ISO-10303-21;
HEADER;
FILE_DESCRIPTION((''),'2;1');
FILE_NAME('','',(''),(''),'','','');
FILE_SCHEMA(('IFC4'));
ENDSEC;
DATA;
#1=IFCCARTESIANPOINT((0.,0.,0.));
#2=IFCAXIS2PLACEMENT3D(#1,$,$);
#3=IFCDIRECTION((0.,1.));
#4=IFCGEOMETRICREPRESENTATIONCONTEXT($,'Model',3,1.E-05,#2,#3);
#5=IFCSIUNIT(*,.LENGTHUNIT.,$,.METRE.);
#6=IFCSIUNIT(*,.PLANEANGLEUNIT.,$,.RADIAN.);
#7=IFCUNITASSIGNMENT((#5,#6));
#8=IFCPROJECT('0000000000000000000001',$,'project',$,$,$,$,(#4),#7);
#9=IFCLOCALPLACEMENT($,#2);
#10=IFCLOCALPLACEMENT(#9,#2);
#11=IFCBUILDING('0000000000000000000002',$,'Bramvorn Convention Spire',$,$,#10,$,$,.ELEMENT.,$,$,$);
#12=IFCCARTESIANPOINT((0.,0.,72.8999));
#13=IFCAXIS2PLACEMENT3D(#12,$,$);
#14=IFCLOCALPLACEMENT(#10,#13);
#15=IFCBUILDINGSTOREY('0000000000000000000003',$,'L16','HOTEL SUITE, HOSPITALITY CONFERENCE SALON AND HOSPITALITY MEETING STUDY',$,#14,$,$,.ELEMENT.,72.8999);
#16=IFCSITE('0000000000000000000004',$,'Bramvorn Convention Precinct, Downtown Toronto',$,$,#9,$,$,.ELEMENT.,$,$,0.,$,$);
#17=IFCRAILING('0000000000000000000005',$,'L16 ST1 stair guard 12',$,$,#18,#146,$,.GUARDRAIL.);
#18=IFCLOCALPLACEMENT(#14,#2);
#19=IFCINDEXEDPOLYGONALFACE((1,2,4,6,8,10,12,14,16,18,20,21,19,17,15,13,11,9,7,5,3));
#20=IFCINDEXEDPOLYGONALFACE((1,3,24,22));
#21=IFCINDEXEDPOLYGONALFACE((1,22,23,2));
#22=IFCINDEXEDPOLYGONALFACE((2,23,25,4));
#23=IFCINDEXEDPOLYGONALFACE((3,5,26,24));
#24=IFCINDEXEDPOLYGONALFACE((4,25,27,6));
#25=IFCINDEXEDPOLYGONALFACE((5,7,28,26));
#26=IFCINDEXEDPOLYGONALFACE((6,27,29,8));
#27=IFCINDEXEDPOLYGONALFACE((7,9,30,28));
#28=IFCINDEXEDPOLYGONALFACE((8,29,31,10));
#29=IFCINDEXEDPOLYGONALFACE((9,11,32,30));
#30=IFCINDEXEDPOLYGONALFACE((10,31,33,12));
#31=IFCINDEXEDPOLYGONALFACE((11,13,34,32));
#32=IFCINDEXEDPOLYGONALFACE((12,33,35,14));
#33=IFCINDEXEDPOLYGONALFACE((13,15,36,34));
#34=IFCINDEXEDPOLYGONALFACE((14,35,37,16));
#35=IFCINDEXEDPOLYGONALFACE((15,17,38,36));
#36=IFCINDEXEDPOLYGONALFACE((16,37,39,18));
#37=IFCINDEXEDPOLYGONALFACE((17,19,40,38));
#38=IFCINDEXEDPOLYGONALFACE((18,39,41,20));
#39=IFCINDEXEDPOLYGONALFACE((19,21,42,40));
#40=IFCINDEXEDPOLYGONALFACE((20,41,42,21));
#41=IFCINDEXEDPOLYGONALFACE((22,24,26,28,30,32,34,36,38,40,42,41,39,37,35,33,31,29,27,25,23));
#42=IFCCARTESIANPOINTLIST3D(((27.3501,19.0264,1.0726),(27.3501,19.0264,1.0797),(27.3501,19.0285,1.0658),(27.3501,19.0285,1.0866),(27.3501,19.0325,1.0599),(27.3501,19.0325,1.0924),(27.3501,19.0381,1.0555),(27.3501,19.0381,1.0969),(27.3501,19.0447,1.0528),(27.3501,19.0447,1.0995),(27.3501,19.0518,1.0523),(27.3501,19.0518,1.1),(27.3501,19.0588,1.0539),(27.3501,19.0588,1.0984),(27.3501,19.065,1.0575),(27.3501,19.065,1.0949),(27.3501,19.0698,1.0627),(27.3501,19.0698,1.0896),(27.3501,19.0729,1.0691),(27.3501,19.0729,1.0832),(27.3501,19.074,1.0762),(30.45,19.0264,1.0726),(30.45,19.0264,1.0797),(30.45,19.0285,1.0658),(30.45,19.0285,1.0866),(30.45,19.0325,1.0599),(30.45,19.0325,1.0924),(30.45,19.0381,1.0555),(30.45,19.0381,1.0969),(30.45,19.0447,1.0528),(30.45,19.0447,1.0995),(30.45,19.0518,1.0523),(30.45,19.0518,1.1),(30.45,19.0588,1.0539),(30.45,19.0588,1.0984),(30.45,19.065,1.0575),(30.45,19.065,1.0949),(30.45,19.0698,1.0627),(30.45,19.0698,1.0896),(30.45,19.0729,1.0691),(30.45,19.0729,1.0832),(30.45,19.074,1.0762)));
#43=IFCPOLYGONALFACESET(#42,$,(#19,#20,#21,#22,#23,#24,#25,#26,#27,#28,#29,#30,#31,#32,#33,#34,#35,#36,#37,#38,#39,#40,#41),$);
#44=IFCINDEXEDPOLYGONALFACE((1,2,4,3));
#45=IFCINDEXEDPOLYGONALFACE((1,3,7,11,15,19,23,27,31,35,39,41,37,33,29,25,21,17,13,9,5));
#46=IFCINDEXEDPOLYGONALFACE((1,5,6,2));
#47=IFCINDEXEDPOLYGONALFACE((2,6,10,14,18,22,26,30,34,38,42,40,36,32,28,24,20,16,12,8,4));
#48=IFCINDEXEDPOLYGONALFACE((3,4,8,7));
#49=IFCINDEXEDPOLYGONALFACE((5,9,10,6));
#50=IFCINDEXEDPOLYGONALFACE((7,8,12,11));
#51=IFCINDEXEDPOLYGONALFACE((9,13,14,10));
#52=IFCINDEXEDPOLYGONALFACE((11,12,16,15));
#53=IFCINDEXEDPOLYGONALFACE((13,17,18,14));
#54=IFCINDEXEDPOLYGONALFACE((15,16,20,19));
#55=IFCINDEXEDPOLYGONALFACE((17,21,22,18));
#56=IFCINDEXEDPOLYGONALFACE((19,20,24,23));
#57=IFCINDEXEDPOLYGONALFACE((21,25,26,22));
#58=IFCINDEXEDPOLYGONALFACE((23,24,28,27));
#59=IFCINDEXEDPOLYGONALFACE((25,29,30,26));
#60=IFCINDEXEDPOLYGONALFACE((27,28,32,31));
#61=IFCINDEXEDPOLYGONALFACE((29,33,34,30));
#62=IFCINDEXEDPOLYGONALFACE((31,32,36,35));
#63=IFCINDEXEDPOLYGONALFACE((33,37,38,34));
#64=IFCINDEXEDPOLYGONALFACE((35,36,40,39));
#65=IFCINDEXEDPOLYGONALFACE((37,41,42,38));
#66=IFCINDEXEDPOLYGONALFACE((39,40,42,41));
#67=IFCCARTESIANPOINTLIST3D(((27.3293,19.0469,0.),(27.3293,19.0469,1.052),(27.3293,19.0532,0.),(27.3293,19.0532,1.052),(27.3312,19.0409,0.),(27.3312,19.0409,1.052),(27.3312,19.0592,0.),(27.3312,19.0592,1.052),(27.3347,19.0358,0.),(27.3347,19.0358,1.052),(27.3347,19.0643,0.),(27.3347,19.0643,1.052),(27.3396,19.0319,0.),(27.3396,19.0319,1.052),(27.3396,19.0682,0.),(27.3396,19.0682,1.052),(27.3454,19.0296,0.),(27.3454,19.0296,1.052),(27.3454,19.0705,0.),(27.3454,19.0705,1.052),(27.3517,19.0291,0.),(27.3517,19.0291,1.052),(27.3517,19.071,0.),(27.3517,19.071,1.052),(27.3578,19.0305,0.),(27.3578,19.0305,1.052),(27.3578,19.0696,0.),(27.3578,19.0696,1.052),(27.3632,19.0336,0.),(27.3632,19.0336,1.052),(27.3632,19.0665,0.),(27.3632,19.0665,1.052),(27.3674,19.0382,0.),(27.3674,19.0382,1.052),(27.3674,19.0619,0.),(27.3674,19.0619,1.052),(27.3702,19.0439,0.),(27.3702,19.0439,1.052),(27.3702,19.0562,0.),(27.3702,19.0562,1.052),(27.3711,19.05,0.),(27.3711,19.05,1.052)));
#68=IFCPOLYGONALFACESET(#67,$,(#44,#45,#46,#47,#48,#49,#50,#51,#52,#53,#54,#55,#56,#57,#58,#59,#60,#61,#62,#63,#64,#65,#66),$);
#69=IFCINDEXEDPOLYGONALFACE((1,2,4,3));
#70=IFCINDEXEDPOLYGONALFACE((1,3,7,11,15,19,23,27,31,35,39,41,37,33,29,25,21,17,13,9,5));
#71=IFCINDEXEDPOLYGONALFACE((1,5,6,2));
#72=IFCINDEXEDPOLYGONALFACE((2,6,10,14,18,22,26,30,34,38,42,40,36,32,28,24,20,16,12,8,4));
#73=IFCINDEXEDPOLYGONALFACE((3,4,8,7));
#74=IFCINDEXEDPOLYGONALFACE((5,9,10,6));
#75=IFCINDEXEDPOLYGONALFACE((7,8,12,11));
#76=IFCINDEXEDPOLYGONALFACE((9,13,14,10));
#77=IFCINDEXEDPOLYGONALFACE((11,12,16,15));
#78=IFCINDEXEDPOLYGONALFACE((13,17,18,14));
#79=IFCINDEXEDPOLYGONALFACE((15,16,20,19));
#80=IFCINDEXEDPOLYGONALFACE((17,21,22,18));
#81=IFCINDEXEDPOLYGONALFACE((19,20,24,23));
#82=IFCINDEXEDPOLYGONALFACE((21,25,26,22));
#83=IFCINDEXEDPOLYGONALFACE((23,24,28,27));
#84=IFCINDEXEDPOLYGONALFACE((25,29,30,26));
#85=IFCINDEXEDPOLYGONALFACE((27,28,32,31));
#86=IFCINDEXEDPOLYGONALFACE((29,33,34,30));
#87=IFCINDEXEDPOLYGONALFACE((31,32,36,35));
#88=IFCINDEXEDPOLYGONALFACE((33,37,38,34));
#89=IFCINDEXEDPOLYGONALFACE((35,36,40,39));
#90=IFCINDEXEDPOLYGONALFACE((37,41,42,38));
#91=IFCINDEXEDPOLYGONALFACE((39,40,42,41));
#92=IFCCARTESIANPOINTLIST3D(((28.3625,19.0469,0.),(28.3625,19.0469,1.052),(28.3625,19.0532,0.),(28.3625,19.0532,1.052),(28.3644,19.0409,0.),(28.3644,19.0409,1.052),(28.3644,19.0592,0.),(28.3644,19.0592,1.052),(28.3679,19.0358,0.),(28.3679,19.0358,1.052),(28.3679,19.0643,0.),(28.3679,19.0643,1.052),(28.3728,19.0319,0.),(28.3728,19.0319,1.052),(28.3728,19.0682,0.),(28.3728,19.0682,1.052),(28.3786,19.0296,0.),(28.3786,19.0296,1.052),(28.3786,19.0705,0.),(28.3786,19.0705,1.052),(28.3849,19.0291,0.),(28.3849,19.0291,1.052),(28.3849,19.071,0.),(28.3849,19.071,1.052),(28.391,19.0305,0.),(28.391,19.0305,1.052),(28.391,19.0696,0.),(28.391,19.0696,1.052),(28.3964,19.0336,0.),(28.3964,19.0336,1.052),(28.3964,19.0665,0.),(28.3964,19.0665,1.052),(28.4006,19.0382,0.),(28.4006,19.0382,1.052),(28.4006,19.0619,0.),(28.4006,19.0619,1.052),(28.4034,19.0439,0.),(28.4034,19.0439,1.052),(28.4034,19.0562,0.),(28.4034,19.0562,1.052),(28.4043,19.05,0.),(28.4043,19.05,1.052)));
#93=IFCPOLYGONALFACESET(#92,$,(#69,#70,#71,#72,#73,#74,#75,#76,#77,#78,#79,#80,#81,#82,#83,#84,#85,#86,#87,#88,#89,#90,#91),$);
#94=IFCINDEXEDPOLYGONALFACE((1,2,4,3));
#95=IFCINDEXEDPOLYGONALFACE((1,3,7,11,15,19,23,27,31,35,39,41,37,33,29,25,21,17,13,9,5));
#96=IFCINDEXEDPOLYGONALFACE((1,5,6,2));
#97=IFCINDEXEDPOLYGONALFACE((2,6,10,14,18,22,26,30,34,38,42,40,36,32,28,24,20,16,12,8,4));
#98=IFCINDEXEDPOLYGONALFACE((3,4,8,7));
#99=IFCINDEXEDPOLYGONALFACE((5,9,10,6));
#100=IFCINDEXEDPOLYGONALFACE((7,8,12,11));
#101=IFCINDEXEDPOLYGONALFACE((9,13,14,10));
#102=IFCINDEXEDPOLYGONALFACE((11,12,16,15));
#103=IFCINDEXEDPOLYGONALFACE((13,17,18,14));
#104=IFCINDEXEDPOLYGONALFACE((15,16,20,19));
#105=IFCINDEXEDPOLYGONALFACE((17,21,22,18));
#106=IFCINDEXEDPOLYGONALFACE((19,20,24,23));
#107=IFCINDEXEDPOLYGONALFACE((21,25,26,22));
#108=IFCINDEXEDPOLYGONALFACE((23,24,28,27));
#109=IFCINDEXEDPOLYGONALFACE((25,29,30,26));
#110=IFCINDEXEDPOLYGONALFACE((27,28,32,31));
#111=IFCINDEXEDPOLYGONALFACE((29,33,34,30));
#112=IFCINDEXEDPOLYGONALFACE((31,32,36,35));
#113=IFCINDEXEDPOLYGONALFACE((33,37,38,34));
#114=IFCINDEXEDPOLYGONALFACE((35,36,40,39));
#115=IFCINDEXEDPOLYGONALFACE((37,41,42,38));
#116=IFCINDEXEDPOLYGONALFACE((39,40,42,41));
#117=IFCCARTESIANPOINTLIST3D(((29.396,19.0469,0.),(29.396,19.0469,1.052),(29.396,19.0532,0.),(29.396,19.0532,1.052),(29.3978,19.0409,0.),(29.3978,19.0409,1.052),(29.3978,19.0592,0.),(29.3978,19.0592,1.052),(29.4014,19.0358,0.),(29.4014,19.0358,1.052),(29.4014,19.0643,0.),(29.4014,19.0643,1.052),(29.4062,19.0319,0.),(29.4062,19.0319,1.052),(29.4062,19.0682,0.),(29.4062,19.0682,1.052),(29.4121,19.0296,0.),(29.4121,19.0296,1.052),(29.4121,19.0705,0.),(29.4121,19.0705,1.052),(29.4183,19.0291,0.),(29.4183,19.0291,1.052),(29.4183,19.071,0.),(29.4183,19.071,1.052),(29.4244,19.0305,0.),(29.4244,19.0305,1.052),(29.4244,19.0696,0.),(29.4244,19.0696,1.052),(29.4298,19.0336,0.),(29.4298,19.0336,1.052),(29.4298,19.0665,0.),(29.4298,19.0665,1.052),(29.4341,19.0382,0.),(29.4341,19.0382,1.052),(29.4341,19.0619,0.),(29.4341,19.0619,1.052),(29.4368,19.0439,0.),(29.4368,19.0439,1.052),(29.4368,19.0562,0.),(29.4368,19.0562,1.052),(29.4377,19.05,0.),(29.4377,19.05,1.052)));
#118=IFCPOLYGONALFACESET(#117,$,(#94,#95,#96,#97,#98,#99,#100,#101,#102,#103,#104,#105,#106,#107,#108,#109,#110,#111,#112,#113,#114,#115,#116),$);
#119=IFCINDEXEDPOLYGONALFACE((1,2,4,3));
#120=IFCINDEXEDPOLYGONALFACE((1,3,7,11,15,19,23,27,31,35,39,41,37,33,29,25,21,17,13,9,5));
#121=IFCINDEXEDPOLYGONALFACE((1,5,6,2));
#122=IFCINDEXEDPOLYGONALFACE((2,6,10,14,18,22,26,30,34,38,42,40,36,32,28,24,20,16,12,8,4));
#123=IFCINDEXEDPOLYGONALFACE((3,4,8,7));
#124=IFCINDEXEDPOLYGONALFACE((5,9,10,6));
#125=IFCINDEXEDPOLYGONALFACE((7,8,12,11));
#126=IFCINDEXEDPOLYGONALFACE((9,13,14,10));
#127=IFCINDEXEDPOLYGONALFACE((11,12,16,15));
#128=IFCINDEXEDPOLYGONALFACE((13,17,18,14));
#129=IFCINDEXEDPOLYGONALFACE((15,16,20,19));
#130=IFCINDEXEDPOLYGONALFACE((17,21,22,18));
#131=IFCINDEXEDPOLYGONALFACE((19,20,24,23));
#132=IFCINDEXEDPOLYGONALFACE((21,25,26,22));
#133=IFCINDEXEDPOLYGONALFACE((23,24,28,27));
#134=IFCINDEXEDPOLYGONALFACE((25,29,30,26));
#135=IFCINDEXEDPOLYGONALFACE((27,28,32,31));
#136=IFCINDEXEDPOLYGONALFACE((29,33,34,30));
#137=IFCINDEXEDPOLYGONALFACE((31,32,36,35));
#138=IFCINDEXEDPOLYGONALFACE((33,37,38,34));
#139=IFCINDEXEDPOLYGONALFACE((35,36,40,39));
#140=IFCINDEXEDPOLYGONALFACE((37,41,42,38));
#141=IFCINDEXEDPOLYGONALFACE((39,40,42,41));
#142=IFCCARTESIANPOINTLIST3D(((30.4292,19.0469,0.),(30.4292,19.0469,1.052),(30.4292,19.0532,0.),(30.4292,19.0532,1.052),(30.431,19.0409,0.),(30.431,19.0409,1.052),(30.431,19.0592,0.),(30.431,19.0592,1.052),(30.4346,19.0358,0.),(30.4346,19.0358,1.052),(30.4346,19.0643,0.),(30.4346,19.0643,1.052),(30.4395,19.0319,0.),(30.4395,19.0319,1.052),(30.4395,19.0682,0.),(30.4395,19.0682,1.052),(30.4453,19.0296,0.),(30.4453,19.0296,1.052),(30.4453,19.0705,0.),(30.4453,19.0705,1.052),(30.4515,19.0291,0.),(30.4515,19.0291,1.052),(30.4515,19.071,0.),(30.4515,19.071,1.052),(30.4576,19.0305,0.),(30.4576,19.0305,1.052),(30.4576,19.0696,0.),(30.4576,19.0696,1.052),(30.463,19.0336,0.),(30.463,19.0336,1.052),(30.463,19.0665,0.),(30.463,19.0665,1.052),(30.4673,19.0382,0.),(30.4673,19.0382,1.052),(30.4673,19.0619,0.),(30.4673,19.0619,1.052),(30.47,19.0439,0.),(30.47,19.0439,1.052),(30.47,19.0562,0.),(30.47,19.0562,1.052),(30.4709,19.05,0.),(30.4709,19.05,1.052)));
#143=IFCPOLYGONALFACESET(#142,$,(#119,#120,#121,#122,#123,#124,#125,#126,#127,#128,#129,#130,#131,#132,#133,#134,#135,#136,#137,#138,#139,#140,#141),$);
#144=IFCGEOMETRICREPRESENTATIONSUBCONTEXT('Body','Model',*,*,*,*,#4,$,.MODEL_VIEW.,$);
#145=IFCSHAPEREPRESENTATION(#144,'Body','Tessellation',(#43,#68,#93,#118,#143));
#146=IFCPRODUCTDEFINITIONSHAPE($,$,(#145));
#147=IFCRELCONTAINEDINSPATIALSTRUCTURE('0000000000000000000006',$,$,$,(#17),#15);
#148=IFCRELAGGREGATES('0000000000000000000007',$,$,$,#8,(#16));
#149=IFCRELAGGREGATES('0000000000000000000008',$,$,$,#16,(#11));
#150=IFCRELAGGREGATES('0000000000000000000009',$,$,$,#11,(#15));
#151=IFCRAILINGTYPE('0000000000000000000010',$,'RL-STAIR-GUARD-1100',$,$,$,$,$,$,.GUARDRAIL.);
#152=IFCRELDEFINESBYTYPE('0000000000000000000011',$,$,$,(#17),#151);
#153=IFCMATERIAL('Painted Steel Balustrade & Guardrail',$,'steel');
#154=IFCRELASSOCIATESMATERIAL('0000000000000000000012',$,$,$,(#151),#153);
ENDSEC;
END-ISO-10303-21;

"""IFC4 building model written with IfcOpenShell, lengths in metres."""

from ifc_helpers import new_model, si_unit, direction, frame, origin, origin_2d, place, context, subcontext, project, spatial, circle, extrude, material, type_object, element, save


model = new_model("IFC4")

# Units and contexts
model_context = context("Model", 3, precision=1e-05, world=origin(), true_north=direction((0.0, 1.0)))
body_context = subcontext(model_context, "Body", "Model", "MODEL_VIEW")
ifc_project = project(units=[si_unit("LENGTHUNIT", "METRE"), si_unit("PLANEANGLEUNIT", "RADIAN")], contexts=[model_context])

# Site, building, storey
site_placement = place(None, origin())
site = spatial("IfcSite", under=ifc_project, at=site_placement, Name="Bramvorn Convention Precinct, Downtown Toronto", CompositionType="ELEMENT", RefElevation=0.0)
building_placement = place(site_placement, origin())
building = spatial("IfcBuilding", under=site, at=building_placement, Name="Bramvorn Convention Spire", CompositionType="ELEMENT")
storey_placement = place(building_placement, frame((0.0, 0.0, 72.8999)))
storey = spatial("IfcBuildingStorey", under=building, at=storey_placement, Name="L16", Description="HOTEL SUITE, HOSPITALITY CONFERENCE SALON AND HOSPITALITY MEETING STUDY", CompositionType="ELEMENT", Elevation=72.8999)

# Railing
ifc_material_1 = material(Name="Painted Steel Balustrade & Guardrail", Category="steel")
railing_type_1 = type_object("IfcRailingType", Name="RL-STAIR-GUARD-1100", PredefinedType="GUARDRAIL", material=ifc_material_1)
railing_1_placement = place(storey_placement, frame((27.3501, 19.05, 0.0)))
element("IfcRailing", 1, at=railing_1_placement, inside=storey, type_object=railing_type_1, Name="L16 ST1 stair guard 12", PredefinedType="GUARDRAIL", context=body_context, shape_type="SweptSolid", body=[
    extrude(circle(Radius=0.0239, at=origin_2d()), frame((0.0, 0.0, 1.0762), z_axis=(1.0, 0.0, 0.0), x_axis=(0.0, 1.0, 0.0)), (0.0, 0.0, 1.0), 3.0999),
    extrude(circle(Radius=0.021, at=origin_2d()), origin(), (0.0, 0.0, 1.0), 1.052),
    extrude(circle(Radius=0.021, at=origin_2d()), frame((1.0332, 0.0, 0.0)), (0.0, 0.0, 1.0), 1.052),
    extrude(circle(Radius=0.021, at=origin_2d()), frame((2.0667, 0.0, 0.0)), (0.0, 0.0, 1.0), 1.052),
    extrude(circle(Radius=0.021, at=origin_2d()), frame((3.0999, 0.0, 0.0)), (0.0, 0.0, 1.0), 1.052),
])

save(model, "model.ifc")
